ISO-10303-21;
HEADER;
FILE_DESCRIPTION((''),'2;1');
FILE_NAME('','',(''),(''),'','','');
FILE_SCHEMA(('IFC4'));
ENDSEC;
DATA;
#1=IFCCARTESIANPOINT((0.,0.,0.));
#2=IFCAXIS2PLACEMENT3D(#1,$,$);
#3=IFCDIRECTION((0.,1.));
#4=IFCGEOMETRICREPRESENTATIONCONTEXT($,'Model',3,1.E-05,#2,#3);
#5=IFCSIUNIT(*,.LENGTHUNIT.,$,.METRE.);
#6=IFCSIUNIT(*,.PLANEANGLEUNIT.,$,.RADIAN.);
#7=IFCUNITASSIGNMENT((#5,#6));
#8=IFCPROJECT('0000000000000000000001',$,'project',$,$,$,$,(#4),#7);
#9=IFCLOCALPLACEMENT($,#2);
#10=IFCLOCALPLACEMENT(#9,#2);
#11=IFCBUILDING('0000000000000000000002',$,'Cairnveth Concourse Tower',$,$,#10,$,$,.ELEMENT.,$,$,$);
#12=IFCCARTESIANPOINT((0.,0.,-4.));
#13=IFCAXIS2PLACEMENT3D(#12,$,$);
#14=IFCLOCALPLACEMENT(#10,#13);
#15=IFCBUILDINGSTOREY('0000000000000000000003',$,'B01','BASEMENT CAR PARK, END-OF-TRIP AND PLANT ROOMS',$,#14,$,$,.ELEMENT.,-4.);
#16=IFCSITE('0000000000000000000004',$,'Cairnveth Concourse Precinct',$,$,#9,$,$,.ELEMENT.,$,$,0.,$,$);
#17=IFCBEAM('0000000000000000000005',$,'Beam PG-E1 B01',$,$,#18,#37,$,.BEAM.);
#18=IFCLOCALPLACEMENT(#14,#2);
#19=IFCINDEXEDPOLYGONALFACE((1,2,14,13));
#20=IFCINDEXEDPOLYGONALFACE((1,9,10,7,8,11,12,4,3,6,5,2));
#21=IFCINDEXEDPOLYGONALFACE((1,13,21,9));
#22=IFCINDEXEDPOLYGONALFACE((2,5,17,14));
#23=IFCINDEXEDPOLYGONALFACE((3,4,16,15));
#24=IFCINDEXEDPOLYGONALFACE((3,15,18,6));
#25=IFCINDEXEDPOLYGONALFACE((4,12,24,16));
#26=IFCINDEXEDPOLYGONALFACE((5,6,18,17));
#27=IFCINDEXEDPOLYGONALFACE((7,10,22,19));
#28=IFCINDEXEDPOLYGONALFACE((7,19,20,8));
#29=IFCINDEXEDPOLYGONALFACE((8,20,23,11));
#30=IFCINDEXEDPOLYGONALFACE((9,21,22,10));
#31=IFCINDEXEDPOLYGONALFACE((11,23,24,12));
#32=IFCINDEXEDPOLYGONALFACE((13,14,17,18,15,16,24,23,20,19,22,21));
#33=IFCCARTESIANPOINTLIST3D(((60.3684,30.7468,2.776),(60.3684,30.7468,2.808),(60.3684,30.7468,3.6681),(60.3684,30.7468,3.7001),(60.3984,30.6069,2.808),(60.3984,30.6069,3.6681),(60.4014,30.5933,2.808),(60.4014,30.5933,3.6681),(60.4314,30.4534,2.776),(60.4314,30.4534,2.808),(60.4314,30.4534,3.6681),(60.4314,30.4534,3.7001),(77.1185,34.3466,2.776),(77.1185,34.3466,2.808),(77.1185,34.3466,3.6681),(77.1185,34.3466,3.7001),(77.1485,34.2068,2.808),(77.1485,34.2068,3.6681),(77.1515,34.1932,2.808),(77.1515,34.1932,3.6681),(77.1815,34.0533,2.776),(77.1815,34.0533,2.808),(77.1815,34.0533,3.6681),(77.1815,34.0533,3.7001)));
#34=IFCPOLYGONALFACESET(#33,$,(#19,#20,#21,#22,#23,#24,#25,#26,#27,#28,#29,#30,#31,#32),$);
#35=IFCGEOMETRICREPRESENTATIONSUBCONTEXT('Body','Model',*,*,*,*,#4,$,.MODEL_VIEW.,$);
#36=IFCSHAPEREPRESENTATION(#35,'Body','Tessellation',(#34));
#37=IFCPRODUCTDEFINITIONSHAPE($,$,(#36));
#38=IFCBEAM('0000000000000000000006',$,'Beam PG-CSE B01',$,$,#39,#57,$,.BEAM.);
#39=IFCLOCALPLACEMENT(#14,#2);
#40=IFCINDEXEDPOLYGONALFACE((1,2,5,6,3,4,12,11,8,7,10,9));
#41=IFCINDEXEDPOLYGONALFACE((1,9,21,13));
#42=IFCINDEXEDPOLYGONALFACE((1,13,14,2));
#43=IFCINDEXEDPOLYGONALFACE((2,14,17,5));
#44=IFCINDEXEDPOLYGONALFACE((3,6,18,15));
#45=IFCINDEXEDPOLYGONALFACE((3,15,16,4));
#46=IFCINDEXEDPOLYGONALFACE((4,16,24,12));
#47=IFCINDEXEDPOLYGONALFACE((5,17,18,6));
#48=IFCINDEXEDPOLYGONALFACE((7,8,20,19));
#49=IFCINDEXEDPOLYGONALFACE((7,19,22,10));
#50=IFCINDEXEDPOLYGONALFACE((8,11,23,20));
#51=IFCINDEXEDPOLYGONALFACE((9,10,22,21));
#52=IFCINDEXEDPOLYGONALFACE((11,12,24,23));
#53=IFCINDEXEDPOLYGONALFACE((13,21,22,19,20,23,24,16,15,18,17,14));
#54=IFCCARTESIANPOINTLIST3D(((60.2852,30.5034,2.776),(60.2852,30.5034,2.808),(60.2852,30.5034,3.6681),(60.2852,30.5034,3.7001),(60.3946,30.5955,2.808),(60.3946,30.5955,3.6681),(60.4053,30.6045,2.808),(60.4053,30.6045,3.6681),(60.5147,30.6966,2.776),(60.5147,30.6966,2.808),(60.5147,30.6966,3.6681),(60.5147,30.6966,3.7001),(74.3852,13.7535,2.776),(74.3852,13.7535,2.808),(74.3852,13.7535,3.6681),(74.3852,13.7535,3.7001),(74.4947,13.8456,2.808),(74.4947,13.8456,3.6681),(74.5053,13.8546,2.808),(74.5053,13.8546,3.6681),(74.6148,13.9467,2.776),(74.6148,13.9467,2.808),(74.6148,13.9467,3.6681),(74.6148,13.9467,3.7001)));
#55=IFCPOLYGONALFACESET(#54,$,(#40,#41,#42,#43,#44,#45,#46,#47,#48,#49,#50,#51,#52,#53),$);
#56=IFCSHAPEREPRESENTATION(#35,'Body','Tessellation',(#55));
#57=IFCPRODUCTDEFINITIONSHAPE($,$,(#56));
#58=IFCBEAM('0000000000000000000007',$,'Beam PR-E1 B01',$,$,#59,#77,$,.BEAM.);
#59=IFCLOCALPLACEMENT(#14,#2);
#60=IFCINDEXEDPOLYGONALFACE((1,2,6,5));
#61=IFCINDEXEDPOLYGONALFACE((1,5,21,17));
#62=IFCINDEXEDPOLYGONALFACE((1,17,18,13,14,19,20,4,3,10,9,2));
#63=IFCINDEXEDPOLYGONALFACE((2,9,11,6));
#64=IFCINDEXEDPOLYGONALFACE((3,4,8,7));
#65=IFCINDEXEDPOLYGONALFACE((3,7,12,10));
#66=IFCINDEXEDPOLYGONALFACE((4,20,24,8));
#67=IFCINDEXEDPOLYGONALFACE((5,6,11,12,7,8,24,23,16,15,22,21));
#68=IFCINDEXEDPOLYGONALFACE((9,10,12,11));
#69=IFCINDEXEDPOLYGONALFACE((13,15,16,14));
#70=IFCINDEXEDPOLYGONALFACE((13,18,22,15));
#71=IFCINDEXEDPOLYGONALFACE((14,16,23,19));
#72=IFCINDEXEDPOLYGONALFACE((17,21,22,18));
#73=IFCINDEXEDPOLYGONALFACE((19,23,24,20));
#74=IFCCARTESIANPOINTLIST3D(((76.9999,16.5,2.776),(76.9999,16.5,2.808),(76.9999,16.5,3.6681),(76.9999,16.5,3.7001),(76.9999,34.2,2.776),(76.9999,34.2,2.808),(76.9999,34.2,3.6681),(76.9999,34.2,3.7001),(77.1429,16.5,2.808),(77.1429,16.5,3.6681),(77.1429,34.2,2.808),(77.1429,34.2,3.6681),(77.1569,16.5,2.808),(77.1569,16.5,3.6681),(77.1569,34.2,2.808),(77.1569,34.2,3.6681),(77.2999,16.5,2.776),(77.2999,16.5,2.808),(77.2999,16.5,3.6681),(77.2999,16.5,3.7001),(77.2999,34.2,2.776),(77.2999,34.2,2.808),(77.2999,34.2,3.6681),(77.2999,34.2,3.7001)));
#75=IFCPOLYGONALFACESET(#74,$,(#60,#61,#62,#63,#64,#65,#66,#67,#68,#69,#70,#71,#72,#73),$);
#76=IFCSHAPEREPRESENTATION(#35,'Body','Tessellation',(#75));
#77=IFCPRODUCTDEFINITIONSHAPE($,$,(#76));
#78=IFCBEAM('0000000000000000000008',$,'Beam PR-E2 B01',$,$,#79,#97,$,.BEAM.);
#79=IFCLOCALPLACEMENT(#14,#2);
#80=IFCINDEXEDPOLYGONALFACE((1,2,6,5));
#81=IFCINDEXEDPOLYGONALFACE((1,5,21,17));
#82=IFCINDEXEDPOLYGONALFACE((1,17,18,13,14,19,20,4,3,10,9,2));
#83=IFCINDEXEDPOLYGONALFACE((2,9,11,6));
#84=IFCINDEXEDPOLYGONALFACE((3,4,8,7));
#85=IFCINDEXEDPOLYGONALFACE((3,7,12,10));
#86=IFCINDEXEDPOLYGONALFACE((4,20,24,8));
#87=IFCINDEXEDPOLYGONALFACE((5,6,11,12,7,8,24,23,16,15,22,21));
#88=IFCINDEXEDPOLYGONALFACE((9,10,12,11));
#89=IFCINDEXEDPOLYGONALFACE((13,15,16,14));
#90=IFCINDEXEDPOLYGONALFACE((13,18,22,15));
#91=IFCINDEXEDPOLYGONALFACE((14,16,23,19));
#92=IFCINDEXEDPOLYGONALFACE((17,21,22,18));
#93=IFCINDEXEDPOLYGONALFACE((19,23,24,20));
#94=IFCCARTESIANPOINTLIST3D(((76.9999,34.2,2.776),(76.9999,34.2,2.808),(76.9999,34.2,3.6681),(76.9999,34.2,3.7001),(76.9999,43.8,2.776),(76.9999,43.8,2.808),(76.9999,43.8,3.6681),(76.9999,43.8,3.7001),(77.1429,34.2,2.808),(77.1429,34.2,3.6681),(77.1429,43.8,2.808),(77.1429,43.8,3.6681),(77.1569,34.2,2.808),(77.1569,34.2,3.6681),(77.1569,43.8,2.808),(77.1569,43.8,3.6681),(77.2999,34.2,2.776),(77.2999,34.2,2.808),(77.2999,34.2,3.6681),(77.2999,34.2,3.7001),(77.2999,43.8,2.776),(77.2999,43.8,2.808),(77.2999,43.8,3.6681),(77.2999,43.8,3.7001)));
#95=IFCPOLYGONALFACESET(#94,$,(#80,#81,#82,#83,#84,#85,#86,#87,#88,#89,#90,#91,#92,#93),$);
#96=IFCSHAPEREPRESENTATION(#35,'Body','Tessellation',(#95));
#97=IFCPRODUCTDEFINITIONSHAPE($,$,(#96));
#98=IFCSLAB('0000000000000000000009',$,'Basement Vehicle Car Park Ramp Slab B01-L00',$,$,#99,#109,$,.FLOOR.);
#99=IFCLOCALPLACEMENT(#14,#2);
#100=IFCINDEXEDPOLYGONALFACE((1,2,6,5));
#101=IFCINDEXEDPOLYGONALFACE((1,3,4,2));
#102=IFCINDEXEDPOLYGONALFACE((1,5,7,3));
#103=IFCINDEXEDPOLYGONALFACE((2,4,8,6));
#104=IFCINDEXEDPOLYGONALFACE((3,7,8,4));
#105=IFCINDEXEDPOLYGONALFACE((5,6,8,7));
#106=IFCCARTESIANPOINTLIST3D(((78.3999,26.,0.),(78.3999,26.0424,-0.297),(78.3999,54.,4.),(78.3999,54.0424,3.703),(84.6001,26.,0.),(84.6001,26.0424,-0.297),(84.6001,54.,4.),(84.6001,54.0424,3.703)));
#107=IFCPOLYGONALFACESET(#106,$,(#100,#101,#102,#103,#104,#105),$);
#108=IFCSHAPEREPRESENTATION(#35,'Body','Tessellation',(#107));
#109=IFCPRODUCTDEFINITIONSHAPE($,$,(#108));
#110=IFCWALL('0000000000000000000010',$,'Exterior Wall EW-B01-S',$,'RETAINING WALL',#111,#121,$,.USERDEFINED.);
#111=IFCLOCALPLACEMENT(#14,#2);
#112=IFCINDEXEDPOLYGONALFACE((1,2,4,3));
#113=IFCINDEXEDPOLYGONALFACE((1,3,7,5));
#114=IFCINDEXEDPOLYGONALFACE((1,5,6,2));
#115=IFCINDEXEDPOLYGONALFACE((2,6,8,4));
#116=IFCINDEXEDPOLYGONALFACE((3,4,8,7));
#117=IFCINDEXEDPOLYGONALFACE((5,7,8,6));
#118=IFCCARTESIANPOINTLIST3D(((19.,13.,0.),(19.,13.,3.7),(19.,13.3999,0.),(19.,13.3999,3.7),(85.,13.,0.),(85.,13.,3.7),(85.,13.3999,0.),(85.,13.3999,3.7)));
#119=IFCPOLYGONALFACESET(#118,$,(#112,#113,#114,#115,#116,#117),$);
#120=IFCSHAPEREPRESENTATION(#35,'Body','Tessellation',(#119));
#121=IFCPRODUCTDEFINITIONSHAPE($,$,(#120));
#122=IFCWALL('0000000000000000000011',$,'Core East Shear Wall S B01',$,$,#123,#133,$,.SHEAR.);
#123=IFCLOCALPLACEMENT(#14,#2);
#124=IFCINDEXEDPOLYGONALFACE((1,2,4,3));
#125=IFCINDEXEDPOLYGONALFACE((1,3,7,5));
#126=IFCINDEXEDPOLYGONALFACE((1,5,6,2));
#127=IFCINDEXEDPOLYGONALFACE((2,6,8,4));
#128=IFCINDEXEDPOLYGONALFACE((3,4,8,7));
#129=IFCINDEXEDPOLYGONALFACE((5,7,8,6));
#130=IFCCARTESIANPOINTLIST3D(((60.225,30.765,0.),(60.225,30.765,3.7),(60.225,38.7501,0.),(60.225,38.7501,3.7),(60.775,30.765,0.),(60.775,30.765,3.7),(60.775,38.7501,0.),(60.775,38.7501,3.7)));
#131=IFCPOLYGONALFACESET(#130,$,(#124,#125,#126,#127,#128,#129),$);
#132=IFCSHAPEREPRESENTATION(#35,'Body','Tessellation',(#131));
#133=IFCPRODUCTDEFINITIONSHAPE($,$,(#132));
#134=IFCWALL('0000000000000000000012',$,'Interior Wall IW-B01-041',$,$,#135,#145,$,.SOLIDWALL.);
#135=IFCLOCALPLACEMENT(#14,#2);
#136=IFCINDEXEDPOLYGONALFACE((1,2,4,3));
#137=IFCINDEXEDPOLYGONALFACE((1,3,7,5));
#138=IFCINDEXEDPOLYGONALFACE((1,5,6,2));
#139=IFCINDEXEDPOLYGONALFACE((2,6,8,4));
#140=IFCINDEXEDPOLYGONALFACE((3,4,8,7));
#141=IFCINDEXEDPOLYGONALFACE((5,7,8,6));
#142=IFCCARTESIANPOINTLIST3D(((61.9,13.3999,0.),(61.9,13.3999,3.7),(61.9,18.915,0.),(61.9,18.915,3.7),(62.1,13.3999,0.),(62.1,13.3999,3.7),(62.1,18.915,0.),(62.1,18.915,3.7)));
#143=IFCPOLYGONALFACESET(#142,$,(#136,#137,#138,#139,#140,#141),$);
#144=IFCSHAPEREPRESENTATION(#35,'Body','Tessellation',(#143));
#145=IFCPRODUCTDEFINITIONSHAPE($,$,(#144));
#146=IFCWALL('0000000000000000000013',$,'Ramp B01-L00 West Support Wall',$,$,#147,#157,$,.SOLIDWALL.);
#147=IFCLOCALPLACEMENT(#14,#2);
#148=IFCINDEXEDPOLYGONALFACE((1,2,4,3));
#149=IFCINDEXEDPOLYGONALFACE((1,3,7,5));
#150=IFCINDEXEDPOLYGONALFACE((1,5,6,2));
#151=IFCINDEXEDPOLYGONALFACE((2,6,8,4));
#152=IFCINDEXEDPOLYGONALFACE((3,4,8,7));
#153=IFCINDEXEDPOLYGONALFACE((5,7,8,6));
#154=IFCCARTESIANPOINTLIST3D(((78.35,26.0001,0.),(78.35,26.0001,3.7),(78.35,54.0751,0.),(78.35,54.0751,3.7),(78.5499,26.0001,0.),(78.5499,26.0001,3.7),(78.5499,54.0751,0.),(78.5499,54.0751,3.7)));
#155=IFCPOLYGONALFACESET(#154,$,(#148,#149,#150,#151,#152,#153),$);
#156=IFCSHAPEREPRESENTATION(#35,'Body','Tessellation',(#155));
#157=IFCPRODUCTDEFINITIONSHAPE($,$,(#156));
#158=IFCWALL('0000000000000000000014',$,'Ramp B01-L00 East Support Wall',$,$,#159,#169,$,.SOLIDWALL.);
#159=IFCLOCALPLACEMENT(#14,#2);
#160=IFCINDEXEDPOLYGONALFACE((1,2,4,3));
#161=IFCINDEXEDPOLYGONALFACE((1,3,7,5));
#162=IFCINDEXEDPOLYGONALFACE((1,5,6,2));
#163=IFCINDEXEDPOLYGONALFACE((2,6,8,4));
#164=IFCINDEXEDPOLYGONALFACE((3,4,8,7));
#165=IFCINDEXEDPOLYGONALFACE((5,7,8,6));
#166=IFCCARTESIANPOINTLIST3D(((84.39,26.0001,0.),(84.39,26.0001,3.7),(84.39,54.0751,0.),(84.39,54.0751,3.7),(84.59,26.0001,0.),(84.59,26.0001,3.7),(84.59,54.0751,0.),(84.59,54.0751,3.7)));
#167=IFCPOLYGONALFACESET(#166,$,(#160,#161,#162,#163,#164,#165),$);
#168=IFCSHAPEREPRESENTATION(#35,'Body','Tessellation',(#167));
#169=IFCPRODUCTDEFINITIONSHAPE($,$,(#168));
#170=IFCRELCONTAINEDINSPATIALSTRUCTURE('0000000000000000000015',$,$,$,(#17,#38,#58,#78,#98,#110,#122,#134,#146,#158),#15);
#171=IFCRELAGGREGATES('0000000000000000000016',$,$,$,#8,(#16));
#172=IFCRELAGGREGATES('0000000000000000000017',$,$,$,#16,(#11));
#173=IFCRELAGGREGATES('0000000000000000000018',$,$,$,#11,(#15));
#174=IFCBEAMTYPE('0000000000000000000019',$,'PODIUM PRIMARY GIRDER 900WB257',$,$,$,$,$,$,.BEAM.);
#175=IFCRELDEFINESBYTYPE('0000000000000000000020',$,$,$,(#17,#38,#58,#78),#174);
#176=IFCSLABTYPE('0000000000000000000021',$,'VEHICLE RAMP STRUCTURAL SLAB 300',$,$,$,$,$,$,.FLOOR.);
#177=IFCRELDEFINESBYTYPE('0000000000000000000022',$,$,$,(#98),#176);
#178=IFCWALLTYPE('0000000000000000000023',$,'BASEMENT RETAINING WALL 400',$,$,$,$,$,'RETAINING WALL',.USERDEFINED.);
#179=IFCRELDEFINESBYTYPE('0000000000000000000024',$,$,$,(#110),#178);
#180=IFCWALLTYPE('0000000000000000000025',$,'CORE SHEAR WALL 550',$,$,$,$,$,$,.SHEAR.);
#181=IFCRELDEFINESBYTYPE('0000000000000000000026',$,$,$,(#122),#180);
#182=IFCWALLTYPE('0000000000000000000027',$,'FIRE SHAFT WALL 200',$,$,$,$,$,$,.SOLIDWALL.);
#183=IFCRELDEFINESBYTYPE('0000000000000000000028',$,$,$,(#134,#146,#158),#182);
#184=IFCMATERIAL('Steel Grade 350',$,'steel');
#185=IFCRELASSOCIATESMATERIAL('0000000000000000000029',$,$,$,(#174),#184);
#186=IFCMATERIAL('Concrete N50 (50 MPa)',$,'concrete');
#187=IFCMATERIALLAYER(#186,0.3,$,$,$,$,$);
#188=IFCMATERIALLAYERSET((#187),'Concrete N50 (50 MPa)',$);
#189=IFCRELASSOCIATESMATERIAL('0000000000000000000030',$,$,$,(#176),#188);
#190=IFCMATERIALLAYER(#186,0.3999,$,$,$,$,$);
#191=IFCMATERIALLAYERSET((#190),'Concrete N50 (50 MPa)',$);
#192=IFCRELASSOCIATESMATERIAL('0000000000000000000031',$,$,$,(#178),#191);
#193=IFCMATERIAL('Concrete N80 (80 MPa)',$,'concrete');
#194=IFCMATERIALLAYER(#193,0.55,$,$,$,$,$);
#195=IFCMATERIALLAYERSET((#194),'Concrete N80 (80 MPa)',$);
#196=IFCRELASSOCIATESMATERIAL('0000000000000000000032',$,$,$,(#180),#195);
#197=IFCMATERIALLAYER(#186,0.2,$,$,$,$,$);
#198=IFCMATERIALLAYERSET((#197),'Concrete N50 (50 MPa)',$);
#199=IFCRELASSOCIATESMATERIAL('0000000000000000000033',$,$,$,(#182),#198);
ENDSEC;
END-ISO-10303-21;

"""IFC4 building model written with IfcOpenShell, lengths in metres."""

from ifc_helpers import new_model, si_unit, direction, frame, frame_2d, origin, origin_2d, place, context, subcontext, project, spatial, polyline, rectangle, i_section, outline, extrude, material, layer, layer_set, material_profile, profile_set, type_object, element, save


model = new_model("IFC4")

# Units and contexts
model_context = context("Model", 3, precision=1e-05, world=origin(), true_north=direction((0.0, 1.0)))
body_context = subcontext(model_context, "Body", "Model", "MODEL_VIEW")
ifc_project = project(units=[si_unit("LENGTHUNIT", "METRE"), si_unit("PLANEANGLEUNIT", "RADIAN")], contexts=[model_context])

# Site, building, storey
site_placement = place(None, origin())
site = spatial("IfcSite", under=ifc_project, at=site_placement, Name="Cairnveth Concourse Precinct", CompositionType="ELEMENT", RefElevation=0.0)
building_placement = place(site_placement, origin())
building = spatial("IfcBuilding", under=site, at=building_placement, Name="Cairnveth Concourse Tower", CompositionType="ELEMENT")
storey_placement = place(building_placement, frame((0.0, 0.0, -4.0)))
storey = spatial("IfcBuildingStorey", under=building, at=storey_placement, Name="B01", Description="BASEMENT CAR PARK, END-OF-TRIP AND PLANT ROOMS", CompositionType="ELEMENT", Elevation=-4.0)

# Shared definitions
ifc_material_1 = material(Name="Concrete N80 (80 MPa)", Category="concrete")

# Beams
ifc_material_2 = material(Name="Steel Grade 350", Category="steel")
ifc_material_profile_1 = material_profile(ifc_material_2, i_section(OverallWidth=0.3, OverallDepth=0.9241, WebThickness=0.0139, FlangeThickness=0.032, at=origin_2d()), Name="900WB257")
ifc_profile_set_1 = profile_set([ifc_material_profile_1], Name="Steel Grade 350")
beam_type_1 = type_object("IfcBeamType", Name="PODIUM PRIMARY GIRDER 900WB257", PredefinedType="BEAM", material=ifc_profile_set_1)
beam_1_placement = place(storey_placement, frame((60.3999, 30.6001, 3.238), z_axis=(0.977676, 0.210119, 0.0), x_axis=(-0.210119, 0.977676, 0.0)))
element("IfcBeam", 1, at=beam_1_placement, inside=storey, type_object=beam_type_1, Name="Beam PG-E1 B01", PredefinedType="BEAM", context=body_context, shape_type="SweptSolid", body=[
    extrude(i_section(OverallWidth=0.3, OverallDepth=0.9241, WebThickness=0.0139, FlangeThickness=0.032, at=origin_2d()), origin(), (0.0, 0.0, 1.0), 17.1326),
])
beam_2_placement = place(storey_placement, frame((74.5, 13.8501, 3.238), z_axis=(-0.643998, 0.765027, 0.0), x_axis=(-0.765027, -0.643998, 0.0)))
element("IfcBeam", 2, at=beam_2_placement, inside=storey, type_object=beam_type_1, Name="Beam PG-CSE B01", PredefinedType="BEAM", context=body_context, shape_type="SweptSolid", body=[
    extrude(i_section(OverallWidth=0.3, OverallDepth=0.9241, WebThickness=0.0139, FlangeThickness=0.032, at=origin_2d()), origin(), (0.0, 0.0, 1.0), 21.8945),
])
beam_3_placement = place(storey_placement, frame((77.1499, 16.5, 3.238), z_axis=(0.0, 1.0, 0.0), x_axis=(-1.0, 0.0, 0.0)))
element("IfcBeam", 3, at=beam_3_placement, inside=storey, type_object=beam_type_1, Name="Beam PR-E1 B01", PredefinedType="BEAM", context=body_context, shape_type="SweptSolid", body=[
    extrude(i_section(OverallWidth=0.3, OverallDepth=0.9241, WebThickness=0.0139, FlangeThickness=0.032, at=origin_2d()), origin(), (0.0, 0.0, 1.0), 17.7),
])
beam_4_placement = place(storey_placement, frame((77.1499, 34.2, 3.238), z_axis=(0.0, 1.0, 0.0), x_axis=(-1.0, 0.0, 0.0)))
element("IfcBeam", 4, at=beam_4_placement, inside=storey, type_object=beam_type_1, Name="Beam PR-E2 B01", PredefinedType="BEAM", context=body_context, shape_type="SweptSolid", body=[
    extrude(i_section(OverallWidth=0.3, OverallDepth=0.9241, WebThickness=0.0139, FlangeThickness=0.032, at=origin_2d()), origin(), (0.0, 0.0, 1.0), 9.6001),
])

# Slab
ifc_material_3 = material(Name="Concrete N50 (50 MPa)", Category="concrete")
ifc_layer_1 = layer(ifc_material_3, 0.3)
ifc_layer_set_1 = layer_set([ifc_layer_1], Name="Concrete N50 (50 MPa)")
slab_type = type_object("IfcSlabType", Name="VEHICLE RAMP STRUCTURAL SLAB 300", PredefinedType="FLOOR", material=ifc_layer_set_1)
slab_placement = place(storey_placement, frame((78.3999, 26.0, 0.0), z_axis=(0.0, -0.141421, 0.989949), x_axis=(1.0, 0.0, 0.0)))
element("IfcSlab", 5, at=slab_placement, inside=storey, type_object=slab_type, Name="Basement Vehicle Car Park Ramp Slab B01-L00", PredefinedType="FLOOR", context=body_context, shape_type="SweptSolid", body=[
    extrude(outline(polyline([(0.0, 0.0), (6.2002, 0.0), (6.2002, 28.2843), (0.0, 28.2843), (0.0, 0.0)])), origin(), (0.0, 0.0, -1.0), 0.3),
])

# Walls
ifc_layer_2 = layer(ifc_material_3, 0.3999)
ifc_layer_set_2 = layer_set([ifc_layer_2], Name="Concrete N50 (50 MPa)")
wall_type_1 = type_object("IfcWallType", Name="BASEMENT RETAINING WALL 400", ElementType="RETAINING WALL", PredefinedType="USERDEFINED", material=ifc_layer_set_2)
wall_1_placement = place(storey_placement, frame((85.0, 13.2, 0.0), z_axis=(0.0, 0.0, 1.0), x_axis=(-1.0, 0.0, 0.0)))
element("IfcWall", 6, at=wall_1_placement, inside=storey, type_object=wall_type_1, Name="Exterior Wall EW-B01-S", ObjectType="RETAINING WALL", PredefinedType="USERDEFINED", context=body_context, shape_type="SweptSolid", body=[
    extrude(rectangle(XDim=66.0, YDim=0.3999, at=frame_2d((33.0, 0.0))), origin(), (0.0, 0.0, 1.0), 3.7),
])
ifc_layer_3 = layer(ifc_material_1, 0.55)
ifc_layer_set_3 = layer_set([ifc_layer_3], Name="Concrete N80 (80 MPa)")
wall_type_2 = type_object("IfcWallType", Name="CORE SHEAR WALL 550", PredefinedType="SHEAR", material=ifc_layer_set_3)
wall_2_placement = place(storey_placement, frame((60.5, 30.7649, 0.0), z_axis=(0.0, 0.0, 1.0), x_axis=(0.0, 1.0, 0.0)))
element("IfcWall", 7, at=wall_2_placement, inside=storey, type_object=wall_type_2, Name="Core East Shear Wall S B01", PredefinedType="SHEAR", context=body_context, shape_type="SweptSolid", body=[
    extrude(rectangle(XDim=7.9851, YDim=0.55, at=frame_2d((3.9927, 0.0))), origin(), (0.0, 0.0, 1.0), 3.7),
])
ifc_layer_4 = layer(ifc_material_3, 0.2)
ifc_layer_set_4 = layer_set([ifc_layer_4], Name="Concrete N50 (50 MPa)")
wall_type_3 = type_object("IfcWallType", Name="FIRE SHAFT WALL 200", PredefinedType="SOLIDWALL", material=ifc_layer_set_4)
wall_3_placement = place(storey_placement, frame((62.0, 13.3999, 0.0), z_axis=(0.0, 0.0, 1.0), x_axis=(0.0, 1.0, 0.0)))
element("IfcWall", 8, at=wall_3_placement, inside=storey, type_object=wall_type_3, Name="Interior Wall IW-B01-041", PredefinedType="SOLIDWALL", context=body_context, shape_type="SweptSolid", body=[
    extrude(rectangle(XDim=5.5151, YDim=0.2, at=frame_2d((2.7576, 0.0))), origin(), (0.0, 0.0, 1.0), 3.7),
])
for number, where, z_axis, x_axis, name in (
    (9, (78.45, 26.0, 0.0), (0.0, 0.0, 1.0), (0.0, 1.0, 0.0), "Ramp B01-L00 West Support Wall"),
    (10, (84.49, 26.0, 0.0), (0.0, 0.0, 1.0), (0.0, 1.0, 0.0), "Ramp B01-L00 East Support Wall"),
):
    element("IfcWall", number, at=place(storey_placement, frame(where, z_axis=z_axis, x_axis=x_axis)), inside=storey, type_object=wall_type_3, Name=name, PredefinedType="SOLIDWALL", context=body_context, shape_type="SweptSolid", body=[
        extrude(rectangle(XDim=28.075, YDim=0.2, at=frame_2d((14.0376, 0.0))), origin(), (0.0, 0.0, 1.0), 3.7),
    ])

save(model, "model.ifc")
